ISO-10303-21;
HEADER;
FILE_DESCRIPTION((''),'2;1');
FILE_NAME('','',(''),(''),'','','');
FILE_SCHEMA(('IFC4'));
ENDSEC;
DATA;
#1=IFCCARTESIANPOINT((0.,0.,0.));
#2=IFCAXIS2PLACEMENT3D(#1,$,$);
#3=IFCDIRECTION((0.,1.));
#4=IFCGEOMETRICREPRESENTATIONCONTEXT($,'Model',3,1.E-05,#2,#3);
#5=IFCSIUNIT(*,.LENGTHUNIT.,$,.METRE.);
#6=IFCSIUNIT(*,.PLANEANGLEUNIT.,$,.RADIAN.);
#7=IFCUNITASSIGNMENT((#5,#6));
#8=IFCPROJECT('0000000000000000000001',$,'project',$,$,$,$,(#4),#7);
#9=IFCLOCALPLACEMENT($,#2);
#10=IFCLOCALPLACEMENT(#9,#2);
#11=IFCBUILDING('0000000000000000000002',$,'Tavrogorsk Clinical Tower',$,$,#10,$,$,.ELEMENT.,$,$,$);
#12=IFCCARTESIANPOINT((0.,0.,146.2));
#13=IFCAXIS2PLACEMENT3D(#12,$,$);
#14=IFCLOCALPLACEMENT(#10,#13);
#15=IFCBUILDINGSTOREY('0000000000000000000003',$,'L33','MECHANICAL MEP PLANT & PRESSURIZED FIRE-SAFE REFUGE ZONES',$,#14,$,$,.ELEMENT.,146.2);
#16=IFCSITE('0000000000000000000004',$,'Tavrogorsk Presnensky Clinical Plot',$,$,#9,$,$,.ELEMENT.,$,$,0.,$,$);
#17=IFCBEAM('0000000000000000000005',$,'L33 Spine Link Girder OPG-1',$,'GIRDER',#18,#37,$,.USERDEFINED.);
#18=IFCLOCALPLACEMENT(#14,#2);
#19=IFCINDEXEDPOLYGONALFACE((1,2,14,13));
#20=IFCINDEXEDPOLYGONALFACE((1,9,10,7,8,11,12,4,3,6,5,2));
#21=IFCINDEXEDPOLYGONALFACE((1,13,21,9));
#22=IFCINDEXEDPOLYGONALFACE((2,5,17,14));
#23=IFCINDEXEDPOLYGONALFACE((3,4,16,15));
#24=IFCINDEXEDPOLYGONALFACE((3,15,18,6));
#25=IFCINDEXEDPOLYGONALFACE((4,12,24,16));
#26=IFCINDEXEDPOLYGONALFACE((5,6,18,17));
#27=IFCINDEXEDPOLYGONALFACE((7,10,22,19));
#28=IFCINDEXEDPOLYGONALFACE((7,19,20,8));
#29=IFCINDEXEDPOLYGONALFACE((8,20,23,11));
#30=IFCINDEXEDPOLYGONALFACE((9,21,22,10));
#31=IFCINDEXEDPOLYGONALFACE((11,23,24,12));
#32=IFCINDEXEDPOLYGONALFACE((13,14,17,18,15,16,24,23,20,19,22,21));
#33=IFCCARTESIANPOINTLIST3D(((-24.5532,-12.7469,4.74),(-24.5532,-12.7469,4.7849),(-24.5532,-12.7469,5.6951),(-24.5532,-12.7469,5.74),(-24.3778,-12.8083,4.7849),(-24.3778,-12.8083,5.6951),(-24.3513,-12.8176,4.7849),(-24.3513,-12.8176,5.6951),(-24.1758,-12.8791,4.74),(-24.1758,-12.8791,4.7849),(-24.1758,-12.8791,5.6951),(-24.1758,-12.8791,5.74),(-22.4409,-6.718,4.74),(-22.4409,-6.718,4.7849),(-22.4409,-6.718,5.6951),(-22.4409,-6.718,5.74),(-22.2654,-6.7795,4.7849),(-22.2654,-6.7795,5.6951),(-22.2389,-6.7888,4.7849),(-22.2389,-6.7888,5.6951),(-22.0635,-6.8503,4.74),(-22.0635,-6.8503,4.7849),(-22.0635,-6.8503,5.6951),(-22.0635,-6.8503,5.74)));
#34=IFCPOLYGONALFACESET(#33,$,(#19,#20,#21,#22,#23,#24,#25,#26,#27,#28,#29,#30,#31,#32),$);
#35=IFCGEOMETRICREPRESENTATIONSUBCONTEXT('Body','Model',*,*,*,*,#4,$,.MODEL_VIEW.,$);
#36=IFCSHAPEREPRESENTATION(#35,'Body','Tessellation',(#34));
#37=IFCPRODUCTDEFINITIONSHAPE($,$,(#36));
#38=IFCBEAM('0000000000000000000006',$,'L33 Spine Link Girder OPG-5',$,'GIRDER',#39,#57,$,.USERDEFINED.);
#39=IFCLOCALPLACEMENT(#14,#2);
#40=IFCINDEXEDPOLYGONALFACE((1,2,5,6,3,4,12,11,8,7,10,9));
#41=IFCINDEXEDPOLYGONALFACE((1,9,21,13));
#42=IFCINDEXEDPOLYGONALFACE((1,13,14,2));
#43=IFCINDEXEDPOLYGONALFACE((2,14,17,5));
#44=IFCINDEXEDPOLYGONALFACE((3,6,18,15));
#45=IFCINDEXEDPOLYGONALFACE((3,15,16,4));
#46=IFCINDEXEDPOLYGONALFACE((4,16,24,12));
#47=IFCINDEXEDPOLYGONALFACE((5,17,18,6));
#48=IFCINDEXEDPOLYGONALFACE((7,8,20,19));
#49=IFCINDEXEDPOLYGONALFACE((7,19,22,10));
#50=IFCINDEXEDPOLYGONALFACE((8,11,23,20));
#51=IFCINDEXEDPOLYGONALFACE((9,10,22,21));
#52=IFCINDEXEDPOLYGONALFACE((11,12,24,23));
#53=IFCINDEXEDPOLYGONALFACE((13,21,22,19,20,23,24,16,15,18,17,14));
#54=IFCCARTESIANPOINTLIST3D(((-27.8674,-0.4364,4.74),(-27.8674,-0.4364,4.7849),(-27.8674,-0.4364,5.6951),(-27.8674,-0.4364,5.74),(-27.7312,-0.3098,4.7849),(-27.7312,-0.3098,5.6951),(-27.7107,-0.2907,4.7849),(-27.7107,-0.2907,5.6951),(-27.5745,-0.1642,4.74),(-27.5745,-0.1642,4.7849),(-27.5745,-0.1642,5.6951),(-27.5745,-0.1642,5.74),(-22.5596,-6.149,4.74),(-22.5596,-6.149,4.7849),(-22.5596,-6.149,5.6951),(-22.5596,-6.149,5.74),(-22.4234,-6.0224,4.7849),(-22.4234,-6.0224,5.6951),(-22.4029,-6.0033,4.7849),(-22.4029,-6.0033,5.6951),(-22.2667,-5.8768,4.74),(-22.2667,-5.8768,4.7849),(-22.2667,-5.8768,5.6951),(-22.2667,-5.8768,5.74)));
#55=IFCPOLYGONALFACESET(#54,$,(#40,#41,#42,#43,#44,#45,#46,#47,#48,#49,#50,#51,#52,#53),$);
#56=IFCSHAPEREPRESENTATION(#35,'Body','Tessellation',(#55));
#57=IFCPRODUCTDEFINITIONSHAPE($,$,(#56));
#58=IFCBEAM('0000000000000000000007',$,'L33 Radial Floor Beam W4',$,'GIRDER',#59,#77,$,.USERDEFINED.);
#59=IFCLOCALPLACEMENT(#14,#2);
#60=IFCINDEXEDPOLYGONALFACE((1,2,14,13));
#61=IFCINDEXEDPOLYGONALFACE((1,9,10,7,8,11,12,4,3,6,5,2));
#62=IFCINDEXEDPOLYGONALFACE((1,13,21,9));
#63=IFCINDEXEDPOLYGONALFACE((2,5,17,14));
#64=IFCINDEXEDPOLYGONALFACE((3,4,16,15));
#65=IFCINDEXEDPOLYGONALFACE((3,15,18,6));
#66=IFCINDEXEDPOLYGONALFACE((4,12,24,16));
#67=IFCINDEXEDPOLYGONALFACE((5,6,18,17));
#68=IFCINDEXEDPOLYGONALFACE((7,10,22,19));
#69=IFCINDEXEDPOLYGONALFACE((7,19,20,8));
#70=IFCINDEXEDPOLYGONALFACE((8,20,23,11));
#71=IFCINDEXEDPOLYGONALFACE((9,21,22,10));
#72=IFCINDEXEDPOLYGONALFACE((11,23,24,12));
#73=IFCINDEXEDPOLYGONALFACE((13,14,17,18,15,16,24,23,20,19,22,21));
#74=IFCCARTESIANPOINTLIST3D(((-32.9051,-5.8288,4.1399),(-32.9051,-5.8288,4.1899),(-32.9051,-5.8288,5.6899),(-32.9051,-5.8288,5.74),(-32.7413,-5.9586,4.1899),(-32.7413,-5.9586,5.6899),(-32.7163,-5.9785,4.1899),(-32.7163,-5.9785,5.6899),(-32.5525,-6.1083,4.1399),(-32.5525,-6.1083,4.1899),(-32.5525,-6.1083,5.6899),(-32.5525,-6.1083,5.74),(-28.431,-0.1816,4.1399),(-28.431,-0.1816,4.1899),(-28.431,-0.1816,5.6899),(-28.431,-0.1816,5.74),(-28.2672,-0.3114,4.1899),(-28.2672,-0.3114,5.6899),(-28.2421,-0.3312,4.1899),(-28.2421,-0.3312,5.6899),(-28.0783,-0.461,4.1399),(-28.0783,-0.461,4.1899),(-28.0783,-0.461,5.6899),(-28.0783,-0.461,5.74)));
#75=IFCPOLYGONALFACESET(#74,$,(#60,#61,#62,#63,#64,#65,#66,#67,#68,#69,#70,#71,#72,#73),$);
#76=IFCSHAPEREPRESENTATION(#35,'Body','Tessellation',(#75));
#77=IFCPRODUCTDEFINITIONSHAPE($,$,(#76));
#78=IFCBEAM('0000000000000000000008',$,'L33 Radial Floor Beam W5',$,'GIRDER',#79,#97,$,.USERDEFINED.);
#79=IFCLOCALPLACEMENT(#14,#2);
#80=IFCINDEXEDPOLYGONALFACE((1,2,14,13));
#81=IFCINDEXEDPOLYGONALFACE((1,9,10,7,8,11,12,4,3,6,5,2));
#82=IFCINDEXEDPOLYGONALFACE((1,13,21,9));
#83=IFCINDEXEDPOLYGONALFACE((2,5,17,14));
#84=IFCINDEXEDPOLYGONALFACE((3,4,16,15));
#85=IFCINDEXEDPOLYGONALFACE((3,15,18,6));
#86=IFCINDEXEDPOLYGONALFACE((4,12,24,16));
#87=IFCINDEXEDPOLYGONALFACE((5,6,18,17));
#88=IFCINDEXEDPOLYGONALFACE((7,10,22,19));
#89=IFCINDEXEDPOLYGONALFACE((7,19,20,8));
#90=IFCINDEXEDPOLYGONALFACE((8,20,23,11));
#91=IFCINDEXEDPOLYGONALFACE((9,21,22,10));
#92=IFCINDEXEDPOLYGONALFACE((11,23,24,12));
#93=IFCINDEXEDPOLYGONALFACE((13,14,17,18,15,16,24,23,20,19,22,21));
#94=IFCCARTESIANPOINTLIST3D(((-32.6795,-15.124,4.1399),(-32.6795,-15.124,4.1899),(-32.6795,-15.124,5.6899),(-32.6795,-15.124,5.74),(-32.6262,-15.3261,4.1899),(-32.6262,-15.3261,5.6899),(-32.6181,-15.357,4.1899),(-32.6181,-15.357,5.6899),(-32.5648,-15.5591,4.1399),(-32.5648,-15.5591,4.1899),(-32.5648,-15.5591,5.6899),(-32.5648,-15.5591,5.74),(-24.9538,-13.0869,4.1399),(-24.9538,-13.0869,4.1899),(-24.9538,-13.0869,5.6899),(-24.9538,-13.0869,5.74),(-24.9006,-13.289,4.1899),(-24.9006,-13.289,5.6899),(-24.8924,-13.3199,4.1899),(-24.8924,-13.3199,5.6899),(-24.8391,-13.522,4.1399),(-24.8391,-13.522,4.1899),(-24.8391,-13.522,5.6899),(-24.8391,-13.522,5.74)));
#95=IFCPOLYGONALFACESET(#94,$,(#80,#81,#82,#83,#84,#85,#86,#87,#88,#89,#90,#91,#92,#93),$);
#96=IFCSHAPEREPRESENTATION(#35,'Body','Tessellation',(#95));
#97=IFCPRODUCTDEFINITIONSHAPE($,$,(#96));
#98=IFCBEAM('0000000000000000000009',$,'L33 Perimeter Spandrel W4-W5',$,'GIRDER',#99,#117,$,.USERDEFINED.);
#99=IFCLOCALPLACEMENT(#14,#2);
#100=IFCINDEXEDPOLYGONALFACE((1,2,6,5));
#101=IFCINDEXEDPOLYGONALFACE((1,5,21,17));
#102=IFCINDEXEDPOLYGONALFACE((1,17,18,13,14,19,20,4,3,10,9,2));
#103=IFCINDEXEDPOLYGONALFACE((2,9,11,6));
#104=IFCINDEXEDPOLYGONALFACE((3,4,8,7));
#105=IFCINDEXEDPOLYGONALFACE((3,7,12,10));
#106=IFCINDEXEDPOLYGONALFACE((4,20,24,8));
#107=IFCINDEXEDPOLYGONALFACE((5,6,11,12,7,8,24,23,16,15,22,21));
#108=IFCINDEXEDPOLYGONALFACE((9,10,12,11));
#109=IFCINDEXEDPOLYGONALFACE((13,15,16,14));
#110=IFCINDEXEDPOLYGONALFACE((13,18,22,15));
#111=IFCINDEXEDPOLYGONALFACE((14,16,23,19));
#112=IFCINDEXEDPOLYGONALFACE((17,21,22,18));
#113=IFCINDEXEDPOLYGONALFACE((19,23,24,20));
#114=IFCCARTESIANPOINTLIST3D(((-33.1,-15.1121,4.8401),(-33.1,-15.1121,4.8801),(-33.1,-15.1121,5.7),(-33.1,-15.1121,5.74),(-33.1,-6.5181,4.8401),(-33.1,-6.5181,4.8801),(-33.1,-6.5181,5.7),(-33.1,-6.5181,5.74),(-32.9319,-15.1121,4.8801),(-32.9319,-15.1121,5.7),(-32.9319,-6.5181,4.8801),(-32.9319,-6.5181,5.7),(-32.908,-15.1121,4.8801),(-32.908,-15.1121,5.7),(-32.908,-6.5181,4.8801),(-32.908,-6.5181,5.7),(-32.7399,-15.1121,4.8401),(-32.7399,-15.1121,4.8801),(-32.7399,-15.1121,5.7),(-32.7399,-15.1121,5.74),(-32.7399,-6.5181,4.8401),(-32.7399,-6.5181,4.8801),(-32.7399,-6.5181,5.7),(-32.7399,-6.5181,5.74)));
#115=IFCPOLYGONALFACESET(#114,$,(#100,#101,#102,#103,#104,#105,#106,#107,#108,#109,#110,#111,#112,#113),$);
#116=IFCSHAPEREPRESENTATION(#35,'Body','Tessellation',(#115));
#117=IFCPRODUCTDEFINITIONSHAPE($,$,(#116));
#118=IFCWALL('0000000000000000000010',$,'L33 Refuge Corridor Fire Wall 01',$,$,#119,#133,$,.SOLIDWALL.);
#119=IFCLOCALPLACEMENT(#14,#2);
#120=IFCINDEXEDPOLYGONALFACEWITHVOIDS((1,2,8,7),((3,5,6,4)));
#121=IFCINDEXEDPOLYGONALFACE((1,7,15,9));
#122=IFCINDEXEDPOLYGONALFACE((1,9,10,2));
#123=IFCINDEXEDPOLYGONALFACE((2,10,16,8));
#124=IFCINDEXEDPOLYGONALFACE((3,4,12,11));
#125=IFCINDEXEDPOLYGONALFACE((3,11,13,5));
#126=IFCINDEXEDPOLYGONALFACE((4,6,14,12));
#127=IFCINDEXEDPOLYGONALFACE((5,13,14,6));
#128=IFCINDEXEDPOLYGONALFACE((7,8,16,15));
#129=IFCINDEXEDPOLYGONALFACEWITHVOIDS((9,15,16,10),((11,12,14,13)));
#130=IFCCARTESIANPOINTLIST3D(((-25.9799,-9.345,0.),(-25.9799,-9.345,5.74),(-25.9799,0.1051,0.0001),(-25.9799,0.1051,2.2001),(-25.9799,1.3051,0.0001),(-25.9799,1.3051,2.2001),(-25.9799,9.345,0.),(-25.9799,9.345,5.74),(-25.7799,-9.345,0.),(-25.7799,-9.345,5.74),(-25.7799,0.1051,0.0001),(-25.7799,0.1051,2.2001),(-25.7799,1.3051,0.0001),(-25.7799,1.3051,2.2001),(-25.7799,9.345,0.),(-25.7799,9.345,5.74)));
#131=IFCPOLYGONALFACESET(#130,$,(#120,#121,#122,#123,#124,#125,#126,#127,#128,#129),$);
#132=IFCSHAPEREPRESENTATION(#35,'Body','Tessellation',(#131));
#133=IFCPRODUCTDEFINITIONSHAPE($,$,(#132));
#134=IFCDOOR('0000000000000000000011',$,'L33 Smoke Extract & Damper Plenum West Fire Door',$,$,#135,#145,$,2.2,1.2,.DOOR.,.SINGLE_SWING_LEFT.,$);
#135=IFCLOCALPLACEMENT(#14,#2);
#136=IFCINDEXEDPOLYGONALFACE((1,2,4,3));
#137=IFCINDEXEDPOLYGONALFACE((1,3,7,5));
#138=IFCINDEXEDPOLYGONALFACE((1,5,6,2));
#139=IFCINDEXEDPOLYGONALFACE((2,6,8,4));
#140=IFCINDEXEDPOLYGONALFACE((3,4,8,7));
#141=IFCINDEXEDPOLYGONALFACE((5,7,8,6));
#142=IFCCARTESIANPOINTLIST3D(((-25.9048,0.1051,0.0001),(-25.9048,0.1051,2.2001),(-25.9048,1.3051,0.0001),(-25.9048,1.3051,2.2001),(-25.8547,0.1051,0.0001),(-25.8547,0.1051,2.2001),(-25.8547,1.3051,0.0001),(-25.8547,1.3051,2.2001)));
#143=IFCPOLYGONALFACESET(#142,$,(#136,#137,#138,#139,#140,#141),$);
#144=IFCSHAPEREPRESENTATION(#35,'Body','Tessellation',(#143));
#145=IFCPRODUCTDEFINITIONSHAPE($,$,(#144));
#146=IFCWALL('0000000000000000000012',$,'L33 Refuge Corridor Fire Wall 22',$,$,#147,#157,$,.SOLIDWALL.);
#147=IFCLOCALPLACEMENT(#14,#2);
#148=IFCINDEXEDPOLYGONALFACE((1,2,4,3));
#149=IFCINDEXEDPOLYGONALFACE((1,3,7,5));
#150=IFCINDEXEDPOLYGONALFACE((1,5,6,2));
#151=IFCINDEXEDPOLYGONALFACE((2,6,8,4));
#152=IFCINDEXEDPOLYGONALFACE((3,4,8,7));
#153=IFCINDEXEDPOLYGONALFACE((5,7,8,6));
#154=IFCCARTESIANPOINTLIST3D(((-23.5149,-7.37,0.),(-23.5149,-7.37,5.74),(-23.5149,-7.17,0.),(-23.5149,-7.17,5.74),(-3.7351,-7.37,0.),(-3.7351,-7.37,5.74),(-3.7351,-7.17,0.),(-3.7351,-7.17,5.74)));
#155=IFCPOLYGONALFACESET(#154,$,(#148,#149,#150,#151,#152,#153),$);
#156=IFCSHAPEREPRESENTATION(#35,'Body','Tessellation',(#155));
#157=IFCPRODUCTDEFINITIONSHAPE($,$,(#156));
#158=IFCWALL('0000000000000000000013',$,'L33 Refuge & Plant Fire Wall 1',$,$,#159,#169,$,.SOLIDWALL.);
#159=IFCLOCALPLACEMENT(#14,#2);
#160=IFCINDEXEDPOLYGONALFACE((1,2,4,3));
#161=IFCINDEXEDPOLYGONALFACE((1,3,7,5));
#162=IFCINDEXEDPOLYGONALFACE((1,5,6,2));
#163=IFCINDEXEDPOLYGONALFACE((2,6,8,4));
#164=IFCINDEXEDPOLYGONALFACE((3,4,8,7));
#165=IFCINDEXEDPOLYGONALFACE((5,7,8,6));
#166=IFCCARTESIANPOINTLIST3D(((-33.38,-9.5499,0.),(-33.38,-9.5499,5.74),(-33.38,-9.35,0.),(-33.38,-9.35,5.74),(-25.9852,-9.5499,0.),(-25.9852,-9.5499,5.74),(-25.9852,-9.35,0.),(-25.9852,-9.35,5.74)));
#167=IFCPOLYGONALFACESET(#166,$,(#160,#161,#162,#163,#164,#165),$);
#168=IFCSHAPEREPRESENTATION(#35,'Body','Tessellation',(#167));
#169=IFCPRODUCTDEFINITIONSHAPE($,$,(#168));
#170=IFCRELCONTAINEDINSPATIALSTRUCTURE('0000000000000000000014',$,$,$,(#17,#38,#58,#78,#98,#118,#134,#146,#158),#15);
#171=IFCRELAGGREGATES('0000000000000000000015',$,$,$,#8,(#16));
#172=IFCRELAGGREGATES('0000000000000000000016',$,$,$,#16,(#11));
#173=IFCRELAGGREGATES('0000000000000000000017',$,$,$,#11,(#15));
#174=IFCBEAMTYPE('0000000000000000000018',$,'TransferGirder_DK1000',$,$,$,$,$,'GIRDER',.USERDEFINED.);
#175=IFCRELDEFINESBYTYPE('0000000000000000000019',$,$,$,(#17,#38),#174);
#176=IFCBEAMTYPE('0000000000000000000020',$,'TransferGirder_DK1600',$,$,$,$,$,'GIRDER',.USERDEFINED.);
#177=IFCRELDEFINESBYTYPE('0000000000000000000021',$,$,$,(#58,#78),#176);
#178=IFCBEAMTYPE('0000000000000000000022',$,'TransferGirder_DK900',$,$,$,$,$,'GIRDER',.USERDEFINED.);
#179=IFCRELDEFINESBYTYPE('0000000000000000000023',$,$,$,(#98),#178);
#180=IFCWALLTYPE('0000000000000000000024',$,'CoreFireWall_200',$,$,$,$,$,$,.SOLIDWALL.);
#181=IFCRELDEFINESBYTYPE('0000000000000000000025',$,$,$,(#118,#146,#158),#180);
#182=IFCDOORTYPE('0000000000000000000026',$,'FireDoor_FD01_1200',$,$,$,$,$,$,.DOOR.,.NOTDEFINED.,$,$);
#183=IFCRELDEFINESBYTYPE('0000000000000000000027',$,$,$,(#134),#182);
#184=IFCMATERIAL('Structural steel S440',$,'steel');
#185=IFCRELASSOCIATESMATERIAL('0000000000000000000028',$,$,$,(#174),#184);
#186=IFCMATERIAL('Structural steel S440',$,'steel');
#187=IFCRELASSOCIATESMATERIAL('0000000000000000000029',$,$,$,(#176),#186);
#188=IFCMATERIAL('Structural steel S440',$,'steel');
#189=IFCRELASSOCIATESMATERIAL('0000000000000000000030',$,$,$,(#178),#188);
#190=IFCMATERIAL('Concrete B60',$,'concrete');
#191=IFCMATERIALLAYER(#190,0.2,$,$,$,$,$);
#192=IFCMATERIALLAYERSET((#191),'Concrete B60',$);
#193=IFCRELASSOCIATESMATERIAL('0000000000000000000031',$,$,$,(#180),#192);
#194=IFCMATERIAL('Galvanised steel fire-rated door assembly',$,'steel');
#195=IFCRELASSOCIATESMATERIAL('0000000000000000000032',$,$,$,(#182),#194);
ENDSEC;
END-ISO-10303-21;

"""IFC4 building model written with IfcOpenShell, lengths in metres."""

from ifc_helpers import new_model, si_unit, direction, frame, frame_2d, origin, origin_2d, place, context, subcontext, project, spatial, rectangle, i_section, extrude, material, layer, layer_set, material_profile, profile_set, type_object, element, fill, save


model = new_model("IFC4")

# Units and contexts
model_context = context("Model", 3, precision=1e-05, world=origin(), true_north=direction((0.0, 1.0)))
body_context = subcontext(model_context, "Body", "Model", "MODEL_VIEW")
ifc_project = project(units=[si_unit("LENGTHUNIT", "METRE"), si_unit("PLANEANGLEUNIT", "RADIAN")], contexts=[model_context])

# Site, building, storey
site_placement = place(None, origin())
site = spatial("IfcSite", under=ifc_project, at=site_placement, Name="Tavrogorsk Presnensky Clinical Plot", CompositionType="ELEMENT", RefElevation=0.0)
building_placement = place(site_placement, origin())
building = spatial("IfcBuilding", under=site, at=building_placement, Name="Tavrogorsk Clinical Tower", CompositionType="ELEMENT")
storey_placement = place(building_placement, frame((0.0, 0.0, 146.2)))
storey = spatial("IfcBuildingStorey", under=building, at=storey_placement, Name="L33", Description="MECHANICAL MEP PLANT & PRESSURIZED FIRE-SAFE REFUGE ZONES", CompositionType="ELEMENT", Elevation=146.2)

# Beams
ifc_material_1 = material(Name="Structural steel S440", Category="steel")
ifc_material_profile_1 = material_profile(ifc_material_1, i_section(OverallWidth=0.3999, OverallDepth=1.0, WebThickness=0.0281, FlangeThickness=0.0449, at=origin_2d()), Name="DK-1000x400x28x45")
ifc_profile_set_1 = profile_set([ifc_material_profile_1], Name="Structural steel S440")
beam_type_1 = type_object("IfcBeamType", Name="TransferGirder_DK1000", ElementType="GIRDER", PredefinedType="USERDEFINED", material=ifc_profile_set_1)
beam_1_placement = place(storey_placement, frame((-24.3645, -12.813, 5.24), z_axis=(0.33066, 0.94375, 0.0), x_axis=(-0.94375, 0.33066, 0.0)))
element("IfcBeam", 1, at=beam_1_placement, inside=storey, type_object=beam_type_1, Name="L33 Spine Link Girder OPG-1", ObjectType="GIRDER", PredefinedType="USERDEFINED", context=body_context, shape_type="SweptSolid", body=[
    extrude(i_section(OverallWidth=0.3999, OverallDepth=1.0, WebThickness=0.0281, FlangeThickness=0.0449, at=origin_2d()), origin(), (0.0, 0.0, 1.0), 6.3882),
])
beam_2_placement = place(storey_placement, frame((-27.7209, -0.3003, 5.24), z_axis=(0.680676, -0.732585, 0.0), x_axis=(0.732585, 0.680676, 0.0)))
element("IfcBeam", 2, at=beam_2_placement, inside=storey, type_object=beam_type_1, Name="L33 Spine Link Girder OPG-5", ObjectType="GIRDER", PredefinedType="USERDEFINED", context=body_context, shape_type="SweptSolid", body=[
    extrude(i_section(OverallWidth=0.3999, OverallDepth=1.0, WebThickness=0.0281, FlangeThickness=0.0449, at=origin_2d()), origin(), (0.0, 0.0, 1.0), 7.7979),
])
ifc_material_2 = material(Name="Structural steel S440", Category="steel")
ifc_material_profile_2 = material_profile(ifc_material_2, i_section(OverallWidth=0.45, OverallDepth=1.6001, WebThickness=0.032, FlangeThickness=0.05, at=origin_2d()), Name="DK-1600x450x32x50")
ifc_profile_set_2 = profile_set([ifc_material_profile_2], Name="Structural steel S440")
beam_type_2 = type_object("IfcBeamType", Name="TransferGirder_DK1600", ElementType="GIRDER", PredefinedType="USERDEFINED", material=ifc_profile_set_2)
beam_3_placement = place(storey_placement, frame((-28.2546, -0.3213, 4.9399), z_axis=(-0.620994, -0.783816, 0.0), x_axis=(0.783816, -0.620994, 0.0)))
element("IfcBeam", 3, at=beam_3_placement, inside=storey, type_object=beam_type_2, Name="L33 Radial Floor Beam W4", ObjectType="GIRDER", PredefinedType="USERDEFINED", context=body_context, shape_type="SweptSolid", body=[
    extrude(i_section(OverallWidth=0.45, OverallDepth=1.6001, WebThickness=0.032, FlangeThickness=0.05, at=origin_2d()), origin(), (0.0, 0.0, 1.0), 7.2048),
])
beam_4_placement = place(storey_placement, frame((-24.8965, -13.3044, 4.9399), z_axis=(-0.966949, -0.254969, 0.0), x_axis=(0.254969, -0.966949, 0.0)))
element("IfcBeam", 4, at=beam_4_placement, inside=storey, type_object=beam_type_2, Name="L33 Radial Floor Beam W5", ObjectType="GIRDER", PredefinedType="USERDEFINED", context=body_context, shape_type="SweptSolid", body=[
    extrude(i_section(OverallWidth=0.45, OverallDepth=1.6001, WebThickness=0.032, FlangeThickness=0.05, at=origin_2d()), origin(), (0.0, 0.0, 1.0), 7.9897),
])
ifc_material_3 = material(Name="Structural steel S440", Category="steel")
ifc_material_profile_3 = material_profile(ifc_material_3, i_section(OverallWidth=0.3601, OverallDepth=0.8999, WebThickness=0.0239, FlangeThickness=0.04, at=origin_2d()), Name="DK-900x360x24x40")
ifc_profile_set_3 = profile_set([ifc_material_profile_3], Name="Structural steel S440")
beam_type_3 = type_object("IfcBeamType", Name="TransferGirder_DK900", ElementType="GIRDER", PredefinedType="USERDEFINED", material=ifc_profile_set_3)
beam_5_placement = place(storey_placement, frame((-32.9199, -6.5181, 5.29), z_axis=(0.0, -1.0, 0.0), x_axis=(1.0, 0.0, 0.0)))
element("IfcBeam", 5, at=beam_5_placement, inside=storey, type_object=beam_type_3, Name="L33 Perimeter Spandrel W4-W5", ObjectType="GIRDER", PredefinedType="USERDEFINED", context=body_context, shape_type="SweptSolid", body=[
    extrude(i_section(OverallWidth=0.3601, OverallDepth=0.8999, WebThickness=0.0239, FlangeThickness=0.04, at=origin_2d()), origin(), (0.0, 0.0, 1.0), 8.594),
])

# Wall, opening, door
ifc_material_4 = material(Name="Concrete B60", Category="concrete")
ifc_layer_1 = layer(ifc_material_4, 0.2)
ifc_layer_set_1 = layer_set([ifc_layer_1], Name="Concrete B60")
wall_type_1 = type_object("IfcWallType", Name="CoreFireWall_200", PredefinedType="SOLIDWALL", material=ifc_layer_set_1)
wall_1_placement = place(storey_placement, frame((-25.8799, -9.345, 0.0), z_axis=(0.0, 0.0, 1.0), x_axis=(0.0, 1.0, 0.0)))
wall_1 = element("IfcWall", 6, at=wall_1_placement, inside=storey, type_object=wall_type_1, Name="L33 Refuge Corridor Fire Wall 01", PredefinedType="SOLIDWALL", context=body_context, shape_type="SweptSolid", body=[
    extrude(rectangle(XDim=18.6899, YDim=0.2, at=frame_2d((9.345, 0.0))), origin(), (0.0, 0.0, 1.0), 5.74),
])
opening_placement = place(wall_1_placement, frame((9.45, 0.0, 0.0)))
opening = element("IfcOpeningElement", 7, at=opening_placement, cuts=wall_1, PredefinedType="OPENING", context=body_context, shape_type="SweptSolid", body=[
    extrude(rectangle(XDim=1.2, YDim=2.2, at=frame_2d((0.6001, 1.1001))), frame((0.0, 0.1099, 0.0), z_axis=(0.0, -1.0, 0.0), x_axis=(1.0, 0.0, 0.0)), (0.0, 0.0, 1.0), 0.22),
])
ifc_material_5 = material(Name="Galvanised steel fire-rated door assembly", Category="steel")
door_type = type_object("IfcDoorType", Name="FireDoor_FD01_1200", OperationType="NOTDEFINED", PredefinedType="DOOR", material=ifc_material_5)
door_placement = place(opening_placement, origin())
door = element("IfcDoor", 8, at=door_placement, inside=storey, type_object=door_type, Name="L33 Smoke Extract & Damper Plenum West Fire Door", OperationType="SINGLE_SWING_LEFT", OverallHeight=2.2, OverallWidth=1.2, PredefinedType="DOOR", context=body_context, shape_type="SweptSolid", body=[
    extrude(rectangle(XDim=1.2, YDim=2.2, at=frame_2d((0.6001, 1.1001))), frame((0.0, 0.0249, 0.0), z_axis=(0.0, -1.0, 0.0), x_axis=(1.0, 0.0, 0.0)), (0.0, 0.0, 1.0), 0.05),
])
fill(opening, door)

# Walls
wall_2_placement = place(storey_placement, frame((-23.5149, -7.27, 0.0), z_axis=(0.0, 0.0, 1.0), x_axis=(1.0, 0.0, 0.0)))
element("IfcWall", 9, at=wall_2_placement, inside=storey, type_object=wall_type_1, Name="L33 Refuge Corridor Fire Wall 22", PredefinedType="SOLIDWALL", context=body_context, shape_type="SweptSolid", body=[
    extrude(rectangle(XDim=19.7798, YDim=0.2, at=frame_2d((9.8899, 0.0))), origin(), (0.0, 0.0, 1.0), 5.74),
])
wall_3_placement = place(storey_placement, frame((-33.3799, -9.45, 0.0), z_axis=(0.0, 0.0, 1.0), x_axis=(1.0, 0.0, 0.0)))
element("IfcWall", 10, at=wall_3_placement, inside=storey, type_object=wall_type_1, Name="L33 Refuge & Plant Fire Wall 1", PredefinedType="SOLIDWALL", context=body_context, shape_type="SweptSolid", body=[
    extrude(rectangle(XDim=7.3948, YDim=0.2, at=frame_2d((3.6973, 0.0))), origin(), (0.0, 0.0, 1.0), 5.74),
])

save(model, "model.ifc")
